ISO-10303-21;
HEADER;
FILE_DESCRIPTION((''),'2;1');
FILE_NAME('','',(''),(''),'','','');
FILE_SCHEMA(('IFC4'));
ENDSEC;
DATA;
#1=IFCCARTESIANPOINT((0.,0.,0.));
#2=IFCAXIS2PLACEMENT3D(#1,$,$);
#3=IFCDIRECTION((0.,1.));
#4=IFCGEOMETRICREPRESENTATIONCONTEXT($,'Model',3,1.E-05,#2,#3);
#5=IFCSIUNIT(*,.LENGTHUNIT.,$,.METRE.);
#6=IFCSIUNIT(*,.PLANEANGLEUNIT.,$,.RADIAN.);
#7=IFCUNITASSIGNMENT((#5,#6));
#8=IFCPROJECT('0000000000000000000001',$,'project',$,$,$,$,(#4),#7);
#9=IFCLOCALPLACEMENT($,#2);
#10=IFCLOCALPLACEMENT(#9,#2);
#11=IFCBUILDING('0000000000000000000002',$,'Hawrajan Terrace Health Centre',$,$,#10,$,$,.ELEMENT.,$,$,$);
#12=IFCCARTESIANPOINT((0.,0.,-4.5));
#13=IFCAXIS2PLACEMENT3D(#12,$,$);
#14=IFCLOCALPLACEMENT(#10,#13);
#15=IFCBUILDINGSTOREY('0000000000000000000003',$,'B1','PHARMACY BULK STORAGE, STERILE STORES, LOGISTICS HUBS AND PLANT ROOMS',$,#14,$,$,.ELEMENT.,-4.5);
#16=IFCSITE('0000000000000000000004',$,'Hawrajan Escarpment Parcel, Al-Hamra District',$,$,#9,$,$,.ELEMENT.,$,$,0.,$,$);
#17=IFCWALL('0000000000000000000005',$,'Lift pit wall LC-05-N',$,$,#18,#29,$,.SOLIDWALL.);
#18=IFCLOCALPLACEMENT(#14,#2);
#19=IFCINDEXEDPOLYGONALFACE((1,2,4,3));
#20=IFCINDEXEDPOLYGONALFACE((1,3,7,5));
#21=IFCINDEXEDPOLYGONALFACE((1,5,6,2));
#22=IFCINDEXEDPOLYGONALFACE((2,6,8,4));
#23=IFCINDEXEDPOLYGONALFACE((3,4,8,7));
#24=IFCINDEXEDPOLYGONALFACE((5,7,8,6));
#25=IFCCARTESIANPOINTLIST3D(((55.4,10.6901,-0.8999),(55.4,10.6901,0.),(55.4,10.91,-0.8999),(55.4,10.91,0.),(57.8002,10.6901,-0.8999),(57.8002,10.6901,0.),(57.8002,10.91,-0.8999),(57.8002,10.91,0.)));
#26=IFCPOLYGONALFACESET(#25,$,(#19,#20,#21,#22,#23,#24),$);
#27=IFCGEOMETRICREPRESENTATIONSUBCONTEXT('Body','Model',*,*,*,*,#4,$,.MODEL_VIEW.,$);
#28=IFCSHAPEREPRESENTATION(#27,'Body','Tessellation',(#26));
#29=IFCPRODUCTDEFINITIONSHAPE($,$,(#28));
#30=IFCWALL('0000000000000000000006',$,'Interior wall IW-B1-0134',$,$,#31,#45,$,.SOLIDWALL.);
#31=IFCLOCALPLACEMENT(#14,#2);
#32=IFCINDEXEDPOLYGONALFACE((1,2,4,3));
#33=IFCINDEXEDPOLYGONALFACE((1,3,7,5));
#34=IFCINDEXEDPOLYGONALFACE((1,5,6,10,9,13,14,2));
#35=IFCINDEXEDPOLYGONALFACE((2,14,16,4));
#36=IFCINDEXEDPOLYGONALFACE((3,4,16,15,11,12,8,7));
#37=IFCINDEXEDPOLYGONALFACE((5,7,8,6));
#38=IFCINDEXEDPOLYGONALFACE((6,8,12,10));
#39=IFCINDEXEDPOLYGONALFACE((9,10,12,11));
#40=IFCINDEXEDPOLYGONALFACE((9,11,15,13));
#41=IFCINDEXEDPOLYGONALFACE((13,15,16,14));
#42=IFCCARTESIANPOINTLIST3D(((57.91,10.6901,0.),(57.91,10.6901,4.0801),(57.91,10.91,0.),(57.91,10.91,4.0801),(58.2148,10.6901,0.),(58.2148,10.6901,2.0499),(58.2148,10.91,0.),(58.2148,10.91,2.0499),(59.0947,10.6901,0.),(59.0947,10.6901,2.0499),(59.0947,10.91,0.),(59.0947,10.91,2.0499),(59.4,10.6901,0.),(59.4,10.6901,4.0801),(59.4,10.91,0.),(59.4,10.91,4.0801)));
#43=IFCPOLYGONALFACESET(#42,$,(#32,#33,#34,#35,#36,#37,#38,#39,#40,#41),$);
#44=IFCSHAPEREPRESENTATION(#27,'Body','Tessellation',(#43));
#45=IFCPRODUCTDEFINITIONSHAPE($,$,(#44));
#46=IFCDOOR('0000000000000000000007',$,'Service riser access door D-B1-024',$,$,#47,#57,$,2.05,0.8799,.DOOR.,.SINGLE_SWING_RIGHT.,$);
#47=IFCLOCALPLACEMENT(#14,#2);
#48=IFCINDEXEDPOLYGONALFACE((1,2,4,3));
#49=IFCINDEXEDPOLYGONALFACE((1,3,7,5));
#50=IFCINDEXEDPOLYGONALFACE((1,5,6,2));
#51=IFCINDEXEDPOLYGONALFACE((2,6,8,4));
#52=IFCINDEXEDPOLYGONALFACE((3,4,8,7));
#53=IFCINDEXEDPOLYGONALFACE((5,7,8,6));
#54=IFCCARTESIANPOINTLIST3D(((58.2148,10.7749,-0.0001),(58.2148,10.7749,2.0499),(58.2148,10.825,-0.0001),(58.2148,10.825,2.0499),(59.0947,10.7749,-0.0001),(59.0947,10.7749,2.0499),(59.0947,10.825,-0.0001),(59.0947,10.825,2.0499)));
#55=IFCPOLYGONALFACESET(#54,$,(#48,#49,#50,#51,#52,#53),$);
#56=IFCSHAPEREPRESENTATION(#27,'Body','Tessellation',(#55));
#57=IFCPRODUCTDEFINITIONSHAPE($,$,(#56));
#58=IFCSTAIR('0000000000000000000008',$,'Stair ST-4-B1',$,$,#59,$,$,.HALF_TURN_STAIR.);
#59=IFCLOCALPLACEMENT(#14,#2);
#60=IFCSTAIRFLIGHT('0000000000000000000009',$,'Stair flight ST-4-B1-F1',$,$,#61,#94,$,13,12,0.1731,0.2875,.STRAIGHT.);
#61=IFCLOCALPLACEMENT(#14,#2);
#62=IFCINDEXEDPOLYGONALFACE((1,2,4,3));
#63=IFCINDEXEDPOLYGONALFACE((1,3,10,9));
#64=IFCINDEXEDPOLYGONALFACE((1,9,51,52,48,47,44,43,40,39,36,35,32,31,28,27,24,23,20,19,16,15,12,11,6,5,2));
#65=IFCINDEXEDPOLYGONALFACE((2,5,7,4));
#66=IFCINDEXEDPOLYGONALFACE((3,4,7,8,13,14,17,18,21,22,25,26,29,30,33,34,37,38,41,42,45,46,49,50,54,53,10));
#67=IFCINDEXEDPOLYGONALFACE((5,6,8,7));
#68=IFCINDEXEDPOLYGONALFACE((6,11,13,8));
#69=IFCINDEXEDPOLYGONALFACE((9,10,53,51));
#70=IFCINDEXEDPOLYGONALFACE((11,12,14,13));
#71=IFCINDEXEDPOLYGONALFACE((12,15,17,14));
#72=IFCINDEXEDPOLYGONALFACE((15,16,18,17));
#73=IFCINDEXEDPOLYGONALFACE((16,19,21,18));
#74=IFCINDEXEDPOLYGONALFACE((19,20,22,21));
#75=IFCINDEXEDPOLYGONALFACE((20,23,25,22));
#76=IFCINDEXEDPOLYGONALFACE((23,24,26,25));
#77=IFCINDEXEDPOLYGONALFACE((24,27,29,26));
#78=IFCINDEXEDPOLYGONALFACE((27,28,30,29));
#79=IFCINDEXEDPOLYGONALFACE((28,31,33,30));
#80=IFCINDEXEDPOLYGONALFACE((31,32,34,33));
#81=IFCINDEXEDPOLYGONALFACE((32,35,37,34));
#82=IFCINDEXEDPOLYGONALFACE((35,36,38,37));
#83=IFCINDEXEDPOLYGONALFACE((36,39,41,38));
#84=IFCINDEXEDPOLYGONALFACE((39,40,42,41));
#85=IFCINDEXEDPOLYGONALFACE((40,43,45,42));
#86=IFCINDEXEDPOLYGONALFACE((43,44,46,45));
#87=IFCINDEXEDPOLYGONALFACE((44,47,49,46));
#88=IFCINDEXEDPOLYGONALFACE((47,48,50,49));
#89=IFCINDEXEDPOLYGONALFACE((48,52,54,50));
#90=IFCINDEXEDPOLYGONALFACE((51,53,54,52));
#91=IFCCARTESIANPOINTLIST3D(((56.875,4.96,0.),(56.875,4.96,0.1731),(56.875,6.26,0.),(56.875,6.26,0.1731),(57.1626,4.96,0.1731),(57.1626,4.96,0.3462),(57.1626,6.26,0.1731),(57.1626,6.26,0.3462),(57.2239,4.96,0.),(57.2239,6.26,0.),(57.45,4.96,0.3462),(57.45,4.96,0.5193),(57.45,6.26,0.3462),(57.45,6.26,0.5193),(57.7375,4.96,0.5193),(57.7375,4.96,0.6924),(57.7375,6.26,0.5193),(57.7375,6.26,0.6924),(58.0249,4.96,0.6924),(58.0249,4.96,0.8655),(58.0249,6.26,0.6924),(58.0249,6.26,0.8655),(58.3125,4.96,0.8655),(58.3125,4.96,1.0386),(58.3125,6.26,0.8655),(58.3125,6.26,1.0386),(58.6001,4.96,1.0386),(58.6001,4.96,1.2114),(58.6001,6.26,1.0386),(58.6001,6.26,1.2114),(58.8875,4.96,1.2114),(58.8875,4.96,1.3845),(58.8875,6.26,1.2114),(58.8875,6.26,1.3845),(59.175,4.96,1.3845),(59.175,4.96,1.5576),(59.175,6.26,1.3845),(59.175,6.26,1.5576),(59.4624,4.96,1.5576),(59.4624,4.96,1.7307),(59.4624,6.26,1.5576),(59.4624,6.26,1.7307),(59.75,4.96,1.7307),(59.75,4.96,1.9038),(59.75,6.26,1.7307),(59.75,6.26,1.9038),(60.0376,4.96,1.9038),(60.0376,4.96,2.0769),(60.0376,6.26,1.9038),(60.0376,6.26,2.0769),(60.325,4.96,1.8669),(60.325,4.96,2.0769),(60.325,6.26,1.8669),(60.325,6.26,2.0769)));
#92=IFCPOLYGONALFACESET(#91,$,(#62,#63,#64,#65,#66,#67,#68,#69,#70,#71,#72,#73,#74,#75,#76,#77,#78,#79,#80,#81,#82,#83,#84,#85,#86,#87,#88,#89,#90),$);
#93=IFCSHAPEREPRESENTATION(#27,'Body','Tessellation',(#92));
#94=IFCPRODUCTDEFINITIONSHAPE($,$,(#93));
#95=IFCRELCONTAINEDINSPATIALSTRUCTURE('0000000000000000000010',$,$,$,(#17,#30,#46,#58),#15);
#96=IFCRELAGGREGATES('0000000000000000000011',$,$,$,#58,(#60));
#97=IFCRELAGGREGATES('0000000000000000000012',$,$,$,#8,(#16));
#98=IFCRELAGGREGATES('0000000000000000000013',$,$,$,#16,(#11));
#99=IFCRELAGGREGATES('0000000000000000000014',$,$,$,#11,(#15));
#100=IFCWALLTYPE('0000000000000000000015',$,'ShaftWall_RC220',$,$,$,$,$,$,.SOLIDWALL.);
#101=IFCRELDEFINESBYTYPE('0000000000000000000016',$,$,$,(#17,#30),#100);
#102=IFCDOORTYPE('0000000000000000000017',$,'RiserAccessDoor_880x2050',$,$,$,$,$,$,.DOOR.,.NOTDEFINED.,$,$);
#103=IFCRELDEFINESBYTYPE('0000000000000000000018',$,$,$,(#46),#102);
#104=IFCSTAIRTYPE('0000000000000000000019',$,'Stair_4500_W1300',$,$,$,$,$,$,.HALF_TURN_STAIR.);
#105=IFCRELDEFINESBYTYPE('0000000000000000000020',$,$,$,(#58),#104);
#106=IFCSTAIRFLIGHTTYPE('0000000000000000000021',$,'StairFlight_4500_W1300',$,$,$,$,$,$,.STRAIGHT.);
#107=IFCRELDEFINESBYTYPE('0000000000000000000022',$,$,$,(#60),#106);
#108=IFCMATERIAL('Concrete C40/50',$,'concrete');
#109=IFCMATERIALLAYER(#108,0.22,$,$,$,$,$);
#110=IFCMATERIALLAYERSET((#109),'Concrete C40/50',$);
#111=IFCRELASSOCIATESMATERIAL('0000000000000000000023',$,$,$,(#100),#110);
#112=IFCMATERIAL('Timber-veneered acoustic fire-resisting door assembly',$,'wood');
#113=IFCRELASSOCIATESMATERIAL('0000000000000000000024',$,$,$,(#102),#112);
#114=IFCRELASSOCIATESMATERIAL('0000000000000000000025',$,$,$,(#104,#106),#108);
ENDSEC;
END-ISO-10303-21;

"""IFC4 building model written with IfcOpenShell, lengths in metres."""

from ifc_helpers import new_model, si_unit, direction, frame, frame_2d, origin, place, context, subcontext, project, spatial, polyline, rectangle, outline, extrude, material, layer, layer_set, type_object, element, fill, aggregate, save


model = new_model("IFC4")

# Units and contexts
model_context = context("Model", 3, precision=1e-05, world=origin(), true_north=direction((0.0, 1.0)))
body_context = subcontext(model_context, "Body", "Model", "MODEL_VIEW")
ifc_project = project(units=[si_unit("LENGTHUNIT", "METRE"), si_unit("PLANEANGLEUNIT", "RADIAN")], contexts=[model_context])

# Site, building, storey
site_placement = place(None, origin())
site = spatial("IfcSite", under=ifc_project, at=site_placement, Name="Hawrajan Escarpment Parcel, Al-Hamra District", CompositionType="ELEMENT", RefElevation=0.0)
building_placement = place(site_placement, origin())
building = spatial("IfcBuilding", under=site, at=building_placement, Name="Hawrajan Terrace Health Centre", CompositionType="ELEMENT")
storey_placement = place(building_placement, frame((0.0, 0.0, -4.5)))
storey = spatial("IfcBuildingStorey", under=building, at=storey_placement, Name="B1", Description="PHARMACY BULK STORAGE, STERILE STORES, LOGISTICS HUBS AND PLANT ROOMS", CompositionType="ELEMENT", Elevation=-4.5)

# Shared definitions
ifc_material_1 = material(Name="Concrete C40/50", Category="concrete")

# Shared definitions
ifc_material_2 = material(Name="Timber-veneered acoustic fire-resisting door assembly", Category="wood")

# Shared definitions
ifc_layer_1 = layer(ifc_material_1, 0.22)
ifc_layer_set_1 = layer_set([ifc_layer_1], Name="Concrete C40/50")
wall_type_1 = type_object("IfcWallType", Name="ShaftWall_RC220", PredefinedType="SOLIDWALL", material=ifc_layer_set_1)

# Wall
for number, where, z_axis, x_axis, name in (
    (1, (55.3999, 10.8, -0.8999), (0.0, 0.0, 1.0), (1.0, 0.0, 0.0), "Lift pit wall LC-05-N"),
):
    element("IfcWall", number, at=place(storey_placement, frame(where, z_axis=z_axis, x_axis=x_axis)), inside=storey, type_object=wall_type_1, Name=name, PredefinedType="SOLIDWALL", context=body_context, shape_type="SweptSolid", body=[
        extrude(rectangle(XDim=2.4001, YDim=0.22, at=frame_2d((1.2002, 0.0))), origin(), (0.0, 0.0, 1.0), 0.8999),
    ])

# Wall, opening, door
wall_1_placement = place(storey_placement, frame((57.9099, 10.8, 0.0), z_axis=(0.0, 0.0, 1.0), x_axis=(1.0, 0.0, 0.0)))
wall_1 = element("IfcWall", 2, at=wall_1_placement, inside=storey, type_object=wall_type_1, Name="Interior wall IW-B1-0134", PredefinedType="SOLIDWALL", context=body_context, shape_type="SweptSolid", body=[
    extrude(rectangle(XDim=1.49, YDim=0.22, at=frame_2d((0.7451, 0.0))), origin(), (0.0, 0.0, 1.0), 4.0801),
])
opening_1_placement = place(wall_1_placement, frame((0.3049, 0.0, 0.0)))
opening_1 = element("IfcOpeningElement", 3, at=opening_1_placement, cuts=wall_1, PredefinedType="OPENING", context=body_context, shape_type="SweptSolid", body=[
    extrude(rectangle(XDim=0.8799, YDim=2.05, at=frame_2d((0.4399, 1.0249))), frame((0.0, 0.1199, 0.0), z_axis=(0.0, -1.0, 0.0), x_axis=(1.0, 0.0, 0.0)), (0.0, 0.0, 1.0), 0.24),
])
door_type_1 = type_object("IfcDoorType", Name="RiserAccessDoor_880x2050", OperationType="NOTDEFINED", PredefinedType="DOOR", material=ifc_material_2)
door_1_placement = place(opening_1_placement, origin())
door_1 = element("IfcDoor", 4, at=door_1_placement, inside=storey, type_object=door_type_1, Name="Service riser access door D-B1-024", OperationType="SINGLE_SWING_RIGHT", OverallHeight=2.05, OverallWidth=0.8799, PredefinedType="DOOR", context=body_context, shape_type="SweptSolid", body=[
    extrude(rectangle(XDim=0.8799, YDim=2.05, at=frame_2d((0.4399, 1.0249))), frame((0.0, 0.0249, 0.0), z_axis=(0.0, -1.0, 0.0), x_axis=(1.0, 0.0, 0.0)), (0.0, 0.0, 1.0), 0.05),
])
fill(opening_1, door_1)

# Stair, stair flight
stair_type = type_object("IfcStairType", Name="Stair_4500_W1300", PredefinedType="HALF_TURN_STAIR", material=ifc_material_1)
stair_placement = place(storey_placement, origin())
stair = element("IfcStair", 5, at=stair_placement, inside=storey, type_object=stair_type, Name="Stair ST-4-B1", PredefinedType="HALF_TURN_STAIR")
stair_flight_type = type_object("IfcStairFlightType", Name="StairFlight_4500_W1300", PredefinedType="STRAIGHT", material=ifc_material_1)
stair_flight_placement = place(storey_placement, frame((56.875, 5.6101, 0.0), z_axis=(0.0, 0.0, 1.0), x_axis=(1.0, 0.0, 0.0)))
stair_flight = element("IfcStairFlight", 6, at=stair_flight_placement, type_object=stair_flight_type, Name="Stair flight ST-4-B1-F1", NumberOfRisers=13, NumberOfTreads=12, PredefinedType="STRAIGHT", RiserHeight=0.1731, TreadLength=0.2875, context=body_context, shape_type="SweptSolid", body=[
    extrude(outline(polyline([(0.0, 0.0), (0.0, 0.1731), (0.2876, 0.1731), (0.2876, 0.3462), (0.575, 0.3462), (0.575, 0.5193), (0.8625, 0.5193), (0.8625, 0.6924), (1.1499, 0.6924), (1.1499, 0.8655), (1.4375, 0.8655), (1.4375, 1.0386), (1.7251, 1.0386), (1.7251, 1.2114), (2.0125, 1.2114), (2.0125, 1.3845), (2.3, 1.3845), (2.3, 1.5576), (2.5874, 1.5576), (2.5874, 1.7307), (2.875, 1.7307), (2.875, 1.9038), (3.1626, 1.9038), (3.1626, 2.0769), (3.45, 2.0769), (3.45, 2.25), (3.45, 1.8669), (0.3489, 0.0), (0.0, 0.0)])), frame((0.0, 0.6499, 0.0), z_axis=(0.0, -1.0, 0.0), x_axis=(1.0, 0.0, 0.0)), (0.0, 0.0, 1.0), 1.3),
])
aggregate(stair, [stair_flight])

save(model, "model.ifc")
